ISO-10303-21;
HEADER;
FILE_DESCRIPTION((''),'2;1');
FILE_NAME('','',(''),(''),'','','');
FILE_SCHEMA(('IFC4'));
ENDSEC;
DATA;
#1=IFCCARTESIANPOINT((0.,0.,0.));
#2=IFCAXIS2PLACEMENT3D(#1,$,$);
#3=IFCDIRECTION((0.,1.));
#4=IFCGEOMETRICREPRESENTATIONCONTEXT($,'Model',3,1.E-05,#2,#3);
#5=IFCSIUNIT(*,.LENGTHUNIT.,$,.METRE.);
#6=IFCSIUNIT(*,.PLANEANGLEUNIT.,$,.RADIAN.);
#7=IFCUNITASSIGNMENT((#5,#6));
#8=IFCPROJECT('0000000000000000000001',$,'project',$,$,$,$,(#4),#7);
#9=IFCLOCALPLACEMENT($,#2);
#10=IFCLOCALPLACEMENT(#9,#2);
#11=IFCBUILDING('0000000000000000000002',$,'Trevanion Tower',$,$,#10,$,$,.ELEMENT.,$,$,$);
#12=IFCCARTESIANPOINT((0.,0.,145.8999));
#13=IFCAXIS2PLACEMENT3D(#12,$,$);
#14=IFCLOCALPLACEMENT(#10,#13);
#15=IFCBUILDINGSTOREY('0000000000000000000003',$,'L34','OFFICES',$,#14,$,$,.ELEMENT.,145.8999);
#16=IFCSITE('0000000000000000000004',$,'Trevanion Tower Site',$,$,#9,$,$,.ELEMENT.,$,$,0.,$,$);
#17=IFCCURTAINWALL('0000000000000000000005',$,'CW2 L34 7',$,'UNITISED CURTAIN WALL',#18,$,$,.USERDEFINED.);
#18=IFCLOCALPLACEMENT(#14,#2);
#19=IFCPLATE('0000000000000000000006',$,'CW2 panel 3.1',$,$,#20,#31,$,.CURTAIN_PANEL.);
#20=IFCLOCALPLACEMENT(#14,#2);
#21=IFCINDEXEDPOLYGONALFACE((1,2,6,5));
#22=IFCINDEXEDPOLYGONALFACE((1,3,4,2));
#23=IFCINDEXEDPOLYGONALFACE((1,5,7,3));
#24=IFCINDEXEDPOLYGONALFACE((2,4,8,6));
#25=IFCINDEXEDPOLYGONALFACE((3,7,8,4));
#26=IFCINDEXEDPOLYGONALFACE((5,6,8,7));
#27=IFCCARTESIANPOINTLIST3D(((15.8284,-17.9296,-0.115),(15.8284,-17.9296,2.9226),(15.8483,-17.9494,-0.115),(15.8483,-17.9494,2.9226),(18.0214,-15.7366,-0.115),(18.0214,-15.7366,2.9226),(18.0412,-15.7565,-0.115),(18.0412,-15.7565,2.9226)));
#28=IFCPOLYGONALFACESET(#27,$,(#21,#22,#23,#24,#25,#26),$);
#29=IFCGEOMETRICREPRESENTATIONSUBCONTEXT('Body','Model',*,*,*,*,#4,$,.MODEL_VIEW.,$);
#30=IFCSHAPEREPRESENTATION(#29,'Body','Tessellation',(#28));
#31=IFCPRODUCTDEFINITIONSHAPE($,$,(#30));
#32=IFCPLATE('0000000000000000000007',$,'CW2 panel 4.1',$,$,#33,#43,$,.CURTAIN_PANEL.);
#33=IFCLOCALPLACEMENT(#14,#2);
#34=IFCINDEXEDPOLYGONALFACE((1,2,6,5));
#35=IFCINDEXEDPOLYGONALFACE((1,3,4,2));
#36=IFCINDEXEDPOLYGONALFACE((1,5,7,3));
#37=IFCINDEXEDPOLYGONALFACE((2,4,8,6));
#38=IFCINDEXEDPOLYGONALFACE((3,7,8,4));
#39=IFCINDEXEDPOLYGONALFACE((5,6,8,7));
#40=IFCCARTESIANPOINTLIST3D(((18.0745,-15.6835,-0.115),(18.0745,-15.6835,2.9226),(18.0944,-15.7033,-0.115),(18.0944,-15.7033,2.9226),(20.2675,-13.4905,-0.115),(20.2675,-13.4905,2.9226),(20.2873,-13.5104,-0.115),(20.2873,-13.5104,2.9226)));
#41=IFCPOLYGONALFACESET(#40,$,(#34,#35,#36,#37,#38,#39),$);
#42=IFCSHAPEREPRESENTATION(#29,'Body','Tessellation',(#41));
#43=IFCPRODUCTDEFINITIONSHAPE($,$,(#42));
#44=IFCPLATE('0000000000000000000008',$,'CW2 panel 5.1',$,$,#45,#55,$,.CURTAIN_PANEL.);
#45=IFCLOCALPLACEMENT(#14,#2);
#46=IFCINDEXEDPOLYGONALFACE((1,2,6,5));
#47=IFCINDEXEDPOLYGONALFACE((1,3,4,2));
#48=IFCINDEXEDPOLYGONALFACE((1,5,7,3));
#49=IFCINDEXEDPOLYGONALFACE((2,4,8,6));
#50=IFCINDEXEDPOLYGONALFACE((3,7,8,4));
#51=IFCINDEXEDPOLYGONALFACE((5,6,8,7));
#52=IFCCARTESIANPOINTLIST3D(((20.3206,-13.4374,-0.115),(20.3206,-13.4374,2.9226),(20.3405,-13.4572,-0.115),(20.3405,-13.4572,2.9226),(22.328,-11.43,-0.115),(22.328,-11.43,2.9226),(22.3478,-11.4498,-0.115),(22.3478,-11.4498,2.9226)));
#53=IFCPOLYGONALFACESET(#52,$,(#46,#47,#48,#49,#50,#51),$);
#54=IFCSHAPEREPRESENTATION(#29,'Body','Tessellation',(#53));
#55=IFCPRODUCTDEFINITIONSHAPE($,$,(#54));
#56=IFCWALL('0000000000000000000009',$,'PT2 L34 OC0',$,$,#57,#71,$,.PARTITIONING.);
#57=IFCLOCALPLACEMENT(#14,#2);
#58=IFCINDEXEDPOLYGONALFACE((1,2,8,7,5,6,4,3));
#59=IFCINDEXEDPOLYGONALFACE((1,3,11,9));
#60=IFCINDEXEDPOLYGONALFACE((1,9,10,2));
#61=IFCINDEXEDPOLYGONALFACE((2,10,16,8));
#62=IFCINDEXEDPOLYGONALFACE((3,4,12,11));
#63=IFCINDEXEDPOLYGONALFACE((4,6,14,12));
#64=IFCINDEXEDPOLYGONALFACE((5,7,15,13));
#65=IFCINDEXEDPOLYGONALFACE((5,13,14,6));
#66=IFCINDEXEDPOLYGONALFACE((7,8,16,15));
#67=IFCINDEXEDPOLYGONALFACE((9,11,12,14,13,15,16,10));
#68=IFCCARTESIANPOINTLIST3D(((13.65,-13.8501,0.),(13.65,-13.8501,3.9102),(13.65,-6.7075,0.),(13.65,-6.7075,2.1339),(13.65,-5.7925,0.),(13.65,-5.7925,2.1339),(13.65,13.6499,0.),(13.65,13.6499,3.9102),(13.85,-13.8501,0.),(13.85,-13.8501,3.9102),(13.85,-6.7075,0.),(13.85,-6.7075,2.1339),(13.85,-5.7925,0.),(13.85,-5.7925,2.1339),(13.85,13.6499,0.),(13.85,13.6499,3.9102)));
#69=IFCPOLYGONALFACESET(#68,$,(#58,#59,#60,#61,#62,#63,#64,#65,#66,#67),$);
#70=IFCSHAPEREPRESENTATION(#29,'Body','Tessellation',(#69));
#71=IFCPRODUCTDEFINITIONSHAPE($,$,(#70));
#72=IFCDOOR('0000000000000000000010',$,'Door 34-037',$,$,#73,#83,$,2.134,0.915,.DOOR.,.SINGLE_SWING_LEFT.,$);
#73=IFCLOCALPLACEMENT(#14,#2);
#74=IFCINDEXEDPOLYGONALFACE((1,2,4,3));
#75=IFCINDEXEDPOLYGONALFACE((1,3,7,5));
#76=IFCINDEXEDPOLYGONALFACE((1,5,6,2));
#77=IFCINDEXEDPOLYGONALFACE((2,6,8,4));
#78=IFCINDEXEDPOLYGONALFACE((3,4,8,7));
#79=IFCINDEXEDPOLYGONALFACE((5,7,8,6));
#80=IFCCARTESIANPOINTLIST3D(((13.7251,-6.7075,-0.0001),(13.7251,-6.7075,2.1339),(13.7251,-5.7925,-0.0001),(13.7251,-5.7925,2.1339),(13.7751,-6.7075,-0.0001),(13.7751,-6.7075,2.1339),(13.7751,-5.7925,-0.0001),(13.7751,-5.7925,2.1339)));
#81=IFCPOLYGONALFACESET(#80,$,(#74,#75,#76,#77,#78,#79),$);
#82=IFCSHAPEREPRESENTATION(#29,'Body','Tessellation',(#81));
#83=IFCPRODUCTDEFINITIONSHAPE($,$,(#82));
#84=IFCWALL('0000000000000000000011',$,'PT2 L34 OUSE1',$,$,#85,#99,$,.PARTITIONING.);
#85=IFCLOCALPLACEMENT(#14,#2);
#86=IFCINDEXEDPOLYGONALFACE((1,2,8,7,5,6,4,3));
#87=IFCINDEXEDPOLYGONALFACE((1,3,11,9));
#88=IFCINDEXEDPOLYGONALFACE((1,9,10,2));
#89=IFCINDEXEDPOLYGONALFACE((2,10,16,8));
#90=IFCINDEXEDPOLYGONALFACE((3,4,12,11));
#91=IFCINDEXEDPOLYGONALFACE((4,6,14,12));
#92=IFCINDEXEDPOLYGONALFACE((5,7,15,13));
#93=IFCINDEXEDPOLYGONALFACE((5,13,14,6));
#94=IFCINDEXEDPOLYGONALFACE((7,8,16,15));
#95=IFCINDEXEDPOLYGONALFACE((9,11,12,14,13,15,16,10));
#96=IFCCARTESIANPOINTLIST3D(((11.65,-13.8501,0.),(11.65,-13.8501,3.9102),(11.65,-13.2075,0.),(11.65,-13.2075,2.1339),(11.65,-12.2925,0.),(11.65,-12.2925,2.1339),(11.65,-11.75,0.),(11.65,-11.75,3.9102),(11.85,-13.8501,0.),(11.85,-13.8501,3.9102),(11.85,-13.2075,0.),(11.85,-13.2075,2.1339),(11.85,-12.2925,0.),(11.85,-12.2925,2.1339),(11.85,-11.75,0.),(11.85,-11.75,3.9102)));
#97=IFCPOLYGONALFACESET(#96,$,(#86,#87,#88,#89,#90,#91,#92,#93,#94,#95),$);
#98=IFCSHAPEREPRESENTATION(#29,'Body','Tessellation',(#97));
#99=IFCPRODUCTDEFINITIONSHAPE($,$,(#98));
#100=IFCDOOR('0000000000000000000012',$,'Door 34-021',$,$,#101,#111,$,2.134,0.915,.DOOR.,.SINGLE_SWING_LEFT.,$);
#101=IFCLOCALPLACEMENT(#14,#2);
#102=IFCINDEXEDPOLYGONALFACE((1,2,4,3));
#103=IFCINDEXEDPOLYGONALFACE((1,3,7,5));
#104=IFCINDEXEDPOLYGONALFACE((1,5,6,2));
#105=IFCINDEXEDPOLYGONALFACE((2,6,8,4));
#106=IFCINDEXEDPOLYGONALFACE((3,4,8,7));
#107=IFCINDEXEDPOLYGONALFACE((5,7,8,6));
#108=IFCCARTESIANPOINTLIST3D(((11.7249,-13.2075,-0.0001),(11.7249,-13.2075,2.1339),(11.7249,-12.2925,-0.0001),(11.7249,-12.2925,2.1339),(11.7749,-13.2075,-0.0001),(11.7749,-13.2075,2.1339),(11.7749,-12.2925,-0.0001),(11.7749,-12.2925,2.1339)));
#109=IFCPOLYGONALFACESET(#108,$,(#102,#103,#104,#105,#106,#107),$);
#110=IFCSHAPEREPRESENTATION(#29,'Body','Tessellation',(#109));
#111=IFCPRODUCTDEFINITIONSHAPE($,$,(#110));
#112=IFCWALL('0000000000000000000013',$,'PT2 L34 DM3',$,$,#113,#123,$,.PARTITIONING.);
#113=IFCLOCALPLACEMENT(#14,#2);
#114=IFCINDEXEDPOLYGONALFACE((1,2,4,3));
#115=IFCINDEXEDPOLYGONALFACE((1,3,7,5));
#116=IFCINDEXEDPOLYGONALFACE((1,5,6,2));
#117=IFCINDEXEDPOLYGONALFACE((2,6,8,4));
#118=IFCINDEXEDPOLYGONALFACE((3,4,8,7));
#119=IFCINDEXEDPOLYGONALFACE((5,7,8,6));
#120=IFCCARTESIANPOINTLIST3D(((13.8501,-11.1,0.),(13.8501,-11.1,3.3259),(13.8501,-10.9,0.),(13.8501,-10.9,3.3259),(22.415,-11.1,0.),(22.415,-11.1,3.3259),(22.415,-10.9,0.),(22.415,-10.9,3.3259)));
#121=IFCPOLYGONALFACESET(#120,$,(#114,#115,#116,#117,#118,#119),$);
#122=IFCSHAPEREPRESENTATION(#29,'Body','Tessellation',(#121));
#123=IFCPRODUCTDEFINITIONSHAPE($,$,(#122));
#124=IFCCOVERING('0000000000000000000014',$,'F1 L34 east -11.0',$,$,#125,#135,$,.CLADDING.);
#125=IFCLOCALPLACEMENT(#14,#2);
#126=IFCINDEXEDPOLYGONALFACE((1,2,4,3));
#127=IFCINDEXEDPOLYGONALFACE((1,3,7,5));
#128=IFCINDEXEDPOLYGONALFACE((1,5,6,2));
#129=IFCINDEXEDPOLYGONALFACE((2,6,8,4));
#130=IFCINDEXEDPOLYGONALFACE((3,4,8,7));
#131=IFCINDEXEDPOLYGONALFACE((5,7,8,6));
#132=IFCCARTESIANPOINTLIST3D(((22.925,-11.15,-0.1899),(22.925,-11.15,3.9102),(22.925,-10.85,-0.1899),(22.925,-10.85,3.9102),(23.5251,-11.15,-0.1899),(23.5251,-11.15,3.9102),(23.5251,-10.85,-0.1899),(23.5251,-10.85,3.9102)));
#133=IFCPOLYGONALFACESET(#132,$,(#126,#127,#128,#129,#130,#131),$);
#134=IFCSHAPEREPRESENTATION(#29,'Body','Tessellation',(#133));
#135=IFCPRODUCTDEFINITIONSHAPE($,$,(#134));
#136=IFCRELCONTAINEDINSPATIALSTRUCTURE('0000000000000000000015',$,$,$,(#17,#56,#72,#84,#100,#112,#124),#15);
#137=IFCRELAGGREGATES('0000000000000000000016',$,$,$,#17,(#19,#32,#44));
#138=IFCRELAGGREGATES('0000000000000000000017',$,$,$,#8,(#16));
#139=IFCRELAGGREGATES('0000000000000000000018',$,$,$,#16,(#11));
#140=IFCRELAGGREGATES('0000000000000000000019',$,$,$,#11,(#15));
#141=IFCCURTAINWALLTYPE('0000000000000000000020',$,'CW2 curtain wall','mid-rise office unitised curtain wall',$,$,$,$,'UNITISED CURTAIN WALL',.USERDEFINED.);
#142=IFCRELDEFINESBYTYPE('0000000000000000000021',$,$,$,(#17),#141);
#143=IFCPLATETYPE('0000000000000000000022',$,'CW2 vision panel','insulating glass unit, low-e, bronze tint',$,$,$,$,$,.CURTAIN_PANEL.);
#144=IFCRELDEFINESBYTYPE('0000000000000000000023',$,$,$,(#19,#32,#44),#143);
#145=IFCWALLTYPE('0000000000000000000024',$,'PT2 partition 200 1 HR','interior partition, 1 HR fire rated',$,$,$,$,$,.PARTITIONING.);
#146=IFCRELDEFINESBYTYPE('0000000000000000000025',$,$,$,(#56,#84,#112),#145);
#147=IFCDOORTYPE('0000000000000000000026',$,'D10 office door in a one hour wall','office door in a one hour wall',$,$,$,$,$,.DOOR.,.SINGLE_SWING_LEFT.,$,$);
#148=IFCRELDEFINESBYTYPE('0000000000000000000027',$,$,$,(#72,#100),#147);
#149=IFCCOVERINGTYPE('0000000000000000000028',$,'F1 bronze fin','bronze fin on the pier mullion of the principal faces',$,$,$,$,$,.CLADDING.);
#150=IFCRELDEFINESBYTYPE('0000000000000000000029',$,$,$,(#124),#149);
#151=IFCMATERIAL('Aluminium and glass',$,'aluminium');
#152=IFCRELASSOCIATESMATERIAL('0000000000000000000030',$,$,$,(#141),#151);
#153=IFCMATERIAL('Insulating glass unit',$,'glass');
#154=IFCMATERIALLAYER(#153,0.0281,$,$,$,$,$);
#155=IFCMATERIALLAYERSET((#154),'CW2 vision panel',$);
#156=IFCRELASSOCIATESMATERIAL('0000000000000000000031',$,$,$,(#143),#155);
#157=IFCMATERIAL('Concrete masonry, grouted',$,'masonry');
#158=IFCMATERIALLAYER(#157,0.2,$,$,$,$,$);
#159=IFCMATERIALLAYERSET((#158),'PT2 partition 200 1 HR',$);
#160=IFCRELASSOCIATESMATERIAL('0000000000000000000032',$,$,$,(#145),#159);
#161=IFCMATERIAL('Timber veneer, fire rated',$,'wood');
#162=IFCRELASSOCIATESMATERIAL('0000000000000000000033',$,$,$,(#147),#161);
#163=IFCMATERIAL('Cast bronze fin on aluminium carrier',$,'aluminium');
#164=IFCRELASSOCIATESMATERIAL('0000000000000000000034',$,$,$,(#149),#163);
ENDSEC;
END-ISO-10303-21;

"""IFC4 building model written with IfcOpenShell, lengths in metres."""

from ifc_helpers import new_model, si_unit, direction, frame, frame_2d, origin, origin_2d, place, context, subcontext, project, spatial, rectangle, extrude, material, layer, layer_set, type_object, element, fill, aggregate, save


model = new_model("IFC4")

# Units and contexts
model_context = context("Model", 3, precision=1e-05, world=origin(), true_north=direction((0.0, 1.0)))
body_context = subcontext(model_context, "Body", "Model", "MODEL_VIEW")
ifc_project = project(units=[si_unit("LENGTHUNIT", "METRE"), si_unit("PLANEANGLEUNIT", "RADIAN")], contexts=[model_context])

# Site, building, storey
site_placement = place(None, origin())
site = spatial("IfcSite", under=ifc_project, at=site_placement, Name="Trevanion Tower Site", CompositionType="ELEMENT", RefElevation=0.0)
building_placement = place(site_placement, origin())
building = spatial("IfcBuilding", under=site, at=building_placement, Name="Trevanion Tower", CompositionType="ELEMENT")
storey_placement = place(building_placement, frame((0.0, 0.0, 145.8999)))
storey = spatial("IfcBuildingStorey", under=building, at=storey_placement, Name="L34", Description="OFFICES", CompositionType="ELEMENT", Elevation=145.8999)

# Curtain wall
ifc_material_1 = material(Name="Aluminium and glass", Category="aluminium")
curtain_wall_type = type_object("IfcCurtainWallType", Name="CW2 curtain wall", Description="mid-rise office unitised curtain wall", ElementType="UNITISED CURTAIN WALL", PredefinedType="USERDEFINED", material=ifc_material_1)
curtain_wall_placement = place(storey_placement, origin())
curtain_wall = element("IfcCurtainWall", 1, at=curtain_wall_placement, inside=storey, type_object=curtain_wall_type, Name="CW2 L34 7", ObjectType="UNITISED CURTAIN WALL", PredefinedType="USERDEFINED")

# Plates
ifc_material_2 = material(Name="Insulating glass unit", Category="glass")
ifc_layer_1 = layer(ifc_material_2, 0.0281)
ifc_layer_set_1 = layer_set([ifc_layer_1], Name="CW2 vision panel")
plate_type_1 = type_object("IfcPlateType", Name="CW2 vision panel", Description="insulating glass unit, low-e, bronze tint", PredefinedType="CURTAIN_PANEL", material=ifc_layer_set_1)
plate_1_placement = place(storey_placement, frame((16.9348, -16.843, -0.115), z_axis=(0.0, 0.0, 1.0), x_axis=(0.707107, 0.707107, 0.0)))
plate_1 = element("IfcPlate", 2, at=plate_1_placement, type_object=plate_type_1, Name="CW2 panel 3.1", PredefinedType="CURTAIN_PANEL", context=body_context, shape_type="SweptSolid", body=[
    extrude(rectangle(XDim=3.1013, YDim=0.0281, at=origin_2d()), origin(), (0.0, 0.0, 1.0), 3.0376),
])
plate_2_placement = place(storey_placement, frame((19.1809, -14.5969, -0.115), z_axis=(0.0, 0.0, 1.0), x_axis=(0.707107, 0.707107, 0.0)))
plate_2 = element("IfcPlate", 3, at=plate_2_placement, type_object=plate_type_1, Name="CW2 panel 4.1", PredefinedType="CURTAIN_PANEL", context=body_context, shape_type="SweptSolid", body=[
    extrude(rectangle(XDim=3.1013, YDim=0.0281, at=origin_2d()), origin(), (0.0, 0.0, 1.0), 3.0376),
])
plate_3_placement = place(storey_placement, frame((21.3342, -12.4436, -0.115), z_axis=(0.0, 0.0, 1.0), x_axis=(0.707107, 0.707107, 0.0)))
plate_3 = element("IfcPlate", 4, at=plate_3_placement, type_object=plate_type_1, Name="CW2 panel 5.1", PredefinedType="CURTAIN_PANEL", context=body_context, shape_type="SweptSolid", body=[
    extrude(rectangle(XDim=2.8389, YDim=0.0281, at=origin_2d()), origin(), (0.0, 0.0, 1.0), 3.0376),
])
aggregate(curtain_wall, [plate_1, plate_2, plate_3])

# Walls, openings, doors
ifc_material_3 = material(Name="Concrete masonry, grouted", Category="masonry")
ifc_layer_2 = layer(ifc_material_3, 0.2)
ifc_layer_set_2 = layer_set([ifc_layer_2], Name="PT2 partition 200 1 HR")
wall_type = type_object("IfcWallType", Name="PT2 partition 200 1 HR", Description="interior partition, 1 HR fire rated", PredefinedType="PARTITIONING", material=ifc_layer_set_2)
wall_1_placement = place(storey_placement, frame((13.75, -13.8501, 0.0), z_axis=(0.0, 0.0, 1.0), x_axis=(0.0, 1.0, 0.0)))
wall_1 = element("IfcWall", 5, at=wall_1_placement, inside=storey, type_object=wall_type, Name="PT2 L34 OC0", PredefinedType="PARTITIONING", context=body_context, shape_type="SweptSolid", body=[
    extrude(rectangle(XDim=27.5, YDim=0.2, at=frame_2d((13.75, 0.0))), origin(), (0.0, 0.0, 1.0), 3.9102),
])
opening_1_placement = place(wall_1_placement, frame((7.1426, 0.0, 0.0)))
opening_1 = element("IfcOpeningElement", 6, at=opening_1_placement, cuts=wall_1, PredefinedType="OPENING", context=body_context, shape_type="SweptSolid", body=[
    extrude(rectangle(XDim=0.915, YDim=2.134, at=frame_2d((0.4575, 1.0669))), frame((0.0, 0.1099, 0.0), z_axis=(0.0, -1.0, 0.0), x_axis=(1.0, 0.0, 0.0)), (0.0, 0.0, 1.0), 0.22),
])
ifc_material_4 = material(Name="Timber veneer, fire rated", Category="wood")
door_type = type_object("IfcDoorType", Name="D10 office door in a one hour wall", Description="office door in a one hour wall", OperationType="SINGLE_SWING_LEFT", PredefinedType="DOOR", material=ifc_material_4)
door_1_placement = place(opening_1_placement, origin())
door_1 = element("IfcDoor", 7, at=door_1_placement, inside=storey, type_object=door_type, Name="Door 34-037", OperationType="SINGLE_SWING_LEFT", OverallHeight=2.134, OverallWidth=0.915, PredefinedType="DOOR", context=body_context, shape_type="SweptSolid", body=[
    extrude(rectangle(XDim=0.915, YDim=2.134, at=frame_2d((0.4575, 1.0669))), frame((0.0, 0.0249, 0.0), z_axis=(0.0, -1.0, 0.0), x_axis=(1.0, 0.0, 0.0)), (0.0, 0.0, 1.0), 0.05),
])
fill(opening_1, door_1)
wall_2_placement = place(storey_placement, frame((11.75, -11.75, 0.0), z_axis=(0.0, 0.0, 1.0), x_axis=(0.0, -1.0, 0.0)))
wall_2 = element("IfcWall", 8, at=wall_2_placement, inside=storey, type_object=wall_type, Name="PT2 L34 OUSE1", PredefinedType="PARTITIONING", context=body_context, shape_type="SweptSolid", body=[
    extrude(rectangle(XDim=2.1001, YDim=0.2, at=frame_2d((1.05, 0.0))), origin(), (0.0, 0.0, 1.0), 3.9102),
])
opening_2_placement = place(wall_2_placement, frame((0.5425, 0.0, 0.0)))
opening_2 = element("IfcOpeningElement", 9, at=opening_2_placement, cuts=wall_2, PredefinedType="OPENING", context=body_context, shape_type="SweptSolid", body=[
    extrude(rectangle(XDim=0.915, YDim=2.134, at=frame_2d((0.4575, 1.0669))), frame((0.0, 0.1099, 0.0), z_axis=(0.0, -1.0, 0.0), x_axis=(1.0, 0.0, 0.0)), (0.0, 0.0, 1.0), 0.22),
])
door_2_placement = place(opening_2_placement, origin())
door_2 = element("IfcDoor", 10, at=door_2_placement, inside=storey, type_object=door_type, Name="Door 34-021", OperationType="SINGLE_SWING_LEFT", OverallHeight=2.134, OverallWidth=0.915, PredefinedType="DOOR", context=body_context, shape_type="SweptSolid", body=[
    extrude(rectangle(XDim=0.915, YDim=2.134, at=frame_2d((0.4575, 1.0669))), frame((0.0, 0.0249, 0.0), z_axis=(0.0, -1.0, 0.0), x_axis=(1.0, 0.0, 0.0)), (0.0, 0.0, 1.0), 0.05),
])
fill(opening_2, door_2)

# Wall
wall_3_placement = place(storey_placement, frame((13.8501, -11.0, 0.0), z_axis=(0.0, 0.0, 1.0), x_axis=(1.0, 0.0, 0.0)))
element("IfcWall", 11, at=wall_3_placement, inside=storey, type_object=wall_type, Name="PT2 L34 DM3", PredefinedType="PARTITIONING", context=body_context, shape_type="SweptSolid", body=[
    extrude(rectangle(XDim=8.5649, YDim=0.2, at=frame_2d((4.2825, 0.0))), origin(), (0.0, 0.0, 1.0), 3.3259),
])

# Covering
ifc_material_5 = material(Name="Cast bronze fin on aluminium carrier", Category="aluminium")
covering_type = type_object("IfcCoveringType", Name="F1 bronze fin", Description="bronze fin on the pier mullion of the principal faces", PredefinedType="CLADDING", material=ifc_material_5)
covering_placement = place(storey_placement, frame((23.2251, -11.0, -0.1899), z_axis=(0.0, 0.0, 1.0), x_axis=(0.0, 1.0, 0.0)))
element("IfcCovering", 12, at=covering_placement, inside=storey, type_object=covering_type, Name="F1 L34 east -11.0", PredefinedType="CLADDING", context=body_context, shape_type="SweptSolid", body=[
    extrude(rectangle(XDim=0.3, YDim=0.6001, at=origin_2d()), origin(), (0.0, 0.0, 1.0), 4.1001),
])

save(model, "model.ifc")
